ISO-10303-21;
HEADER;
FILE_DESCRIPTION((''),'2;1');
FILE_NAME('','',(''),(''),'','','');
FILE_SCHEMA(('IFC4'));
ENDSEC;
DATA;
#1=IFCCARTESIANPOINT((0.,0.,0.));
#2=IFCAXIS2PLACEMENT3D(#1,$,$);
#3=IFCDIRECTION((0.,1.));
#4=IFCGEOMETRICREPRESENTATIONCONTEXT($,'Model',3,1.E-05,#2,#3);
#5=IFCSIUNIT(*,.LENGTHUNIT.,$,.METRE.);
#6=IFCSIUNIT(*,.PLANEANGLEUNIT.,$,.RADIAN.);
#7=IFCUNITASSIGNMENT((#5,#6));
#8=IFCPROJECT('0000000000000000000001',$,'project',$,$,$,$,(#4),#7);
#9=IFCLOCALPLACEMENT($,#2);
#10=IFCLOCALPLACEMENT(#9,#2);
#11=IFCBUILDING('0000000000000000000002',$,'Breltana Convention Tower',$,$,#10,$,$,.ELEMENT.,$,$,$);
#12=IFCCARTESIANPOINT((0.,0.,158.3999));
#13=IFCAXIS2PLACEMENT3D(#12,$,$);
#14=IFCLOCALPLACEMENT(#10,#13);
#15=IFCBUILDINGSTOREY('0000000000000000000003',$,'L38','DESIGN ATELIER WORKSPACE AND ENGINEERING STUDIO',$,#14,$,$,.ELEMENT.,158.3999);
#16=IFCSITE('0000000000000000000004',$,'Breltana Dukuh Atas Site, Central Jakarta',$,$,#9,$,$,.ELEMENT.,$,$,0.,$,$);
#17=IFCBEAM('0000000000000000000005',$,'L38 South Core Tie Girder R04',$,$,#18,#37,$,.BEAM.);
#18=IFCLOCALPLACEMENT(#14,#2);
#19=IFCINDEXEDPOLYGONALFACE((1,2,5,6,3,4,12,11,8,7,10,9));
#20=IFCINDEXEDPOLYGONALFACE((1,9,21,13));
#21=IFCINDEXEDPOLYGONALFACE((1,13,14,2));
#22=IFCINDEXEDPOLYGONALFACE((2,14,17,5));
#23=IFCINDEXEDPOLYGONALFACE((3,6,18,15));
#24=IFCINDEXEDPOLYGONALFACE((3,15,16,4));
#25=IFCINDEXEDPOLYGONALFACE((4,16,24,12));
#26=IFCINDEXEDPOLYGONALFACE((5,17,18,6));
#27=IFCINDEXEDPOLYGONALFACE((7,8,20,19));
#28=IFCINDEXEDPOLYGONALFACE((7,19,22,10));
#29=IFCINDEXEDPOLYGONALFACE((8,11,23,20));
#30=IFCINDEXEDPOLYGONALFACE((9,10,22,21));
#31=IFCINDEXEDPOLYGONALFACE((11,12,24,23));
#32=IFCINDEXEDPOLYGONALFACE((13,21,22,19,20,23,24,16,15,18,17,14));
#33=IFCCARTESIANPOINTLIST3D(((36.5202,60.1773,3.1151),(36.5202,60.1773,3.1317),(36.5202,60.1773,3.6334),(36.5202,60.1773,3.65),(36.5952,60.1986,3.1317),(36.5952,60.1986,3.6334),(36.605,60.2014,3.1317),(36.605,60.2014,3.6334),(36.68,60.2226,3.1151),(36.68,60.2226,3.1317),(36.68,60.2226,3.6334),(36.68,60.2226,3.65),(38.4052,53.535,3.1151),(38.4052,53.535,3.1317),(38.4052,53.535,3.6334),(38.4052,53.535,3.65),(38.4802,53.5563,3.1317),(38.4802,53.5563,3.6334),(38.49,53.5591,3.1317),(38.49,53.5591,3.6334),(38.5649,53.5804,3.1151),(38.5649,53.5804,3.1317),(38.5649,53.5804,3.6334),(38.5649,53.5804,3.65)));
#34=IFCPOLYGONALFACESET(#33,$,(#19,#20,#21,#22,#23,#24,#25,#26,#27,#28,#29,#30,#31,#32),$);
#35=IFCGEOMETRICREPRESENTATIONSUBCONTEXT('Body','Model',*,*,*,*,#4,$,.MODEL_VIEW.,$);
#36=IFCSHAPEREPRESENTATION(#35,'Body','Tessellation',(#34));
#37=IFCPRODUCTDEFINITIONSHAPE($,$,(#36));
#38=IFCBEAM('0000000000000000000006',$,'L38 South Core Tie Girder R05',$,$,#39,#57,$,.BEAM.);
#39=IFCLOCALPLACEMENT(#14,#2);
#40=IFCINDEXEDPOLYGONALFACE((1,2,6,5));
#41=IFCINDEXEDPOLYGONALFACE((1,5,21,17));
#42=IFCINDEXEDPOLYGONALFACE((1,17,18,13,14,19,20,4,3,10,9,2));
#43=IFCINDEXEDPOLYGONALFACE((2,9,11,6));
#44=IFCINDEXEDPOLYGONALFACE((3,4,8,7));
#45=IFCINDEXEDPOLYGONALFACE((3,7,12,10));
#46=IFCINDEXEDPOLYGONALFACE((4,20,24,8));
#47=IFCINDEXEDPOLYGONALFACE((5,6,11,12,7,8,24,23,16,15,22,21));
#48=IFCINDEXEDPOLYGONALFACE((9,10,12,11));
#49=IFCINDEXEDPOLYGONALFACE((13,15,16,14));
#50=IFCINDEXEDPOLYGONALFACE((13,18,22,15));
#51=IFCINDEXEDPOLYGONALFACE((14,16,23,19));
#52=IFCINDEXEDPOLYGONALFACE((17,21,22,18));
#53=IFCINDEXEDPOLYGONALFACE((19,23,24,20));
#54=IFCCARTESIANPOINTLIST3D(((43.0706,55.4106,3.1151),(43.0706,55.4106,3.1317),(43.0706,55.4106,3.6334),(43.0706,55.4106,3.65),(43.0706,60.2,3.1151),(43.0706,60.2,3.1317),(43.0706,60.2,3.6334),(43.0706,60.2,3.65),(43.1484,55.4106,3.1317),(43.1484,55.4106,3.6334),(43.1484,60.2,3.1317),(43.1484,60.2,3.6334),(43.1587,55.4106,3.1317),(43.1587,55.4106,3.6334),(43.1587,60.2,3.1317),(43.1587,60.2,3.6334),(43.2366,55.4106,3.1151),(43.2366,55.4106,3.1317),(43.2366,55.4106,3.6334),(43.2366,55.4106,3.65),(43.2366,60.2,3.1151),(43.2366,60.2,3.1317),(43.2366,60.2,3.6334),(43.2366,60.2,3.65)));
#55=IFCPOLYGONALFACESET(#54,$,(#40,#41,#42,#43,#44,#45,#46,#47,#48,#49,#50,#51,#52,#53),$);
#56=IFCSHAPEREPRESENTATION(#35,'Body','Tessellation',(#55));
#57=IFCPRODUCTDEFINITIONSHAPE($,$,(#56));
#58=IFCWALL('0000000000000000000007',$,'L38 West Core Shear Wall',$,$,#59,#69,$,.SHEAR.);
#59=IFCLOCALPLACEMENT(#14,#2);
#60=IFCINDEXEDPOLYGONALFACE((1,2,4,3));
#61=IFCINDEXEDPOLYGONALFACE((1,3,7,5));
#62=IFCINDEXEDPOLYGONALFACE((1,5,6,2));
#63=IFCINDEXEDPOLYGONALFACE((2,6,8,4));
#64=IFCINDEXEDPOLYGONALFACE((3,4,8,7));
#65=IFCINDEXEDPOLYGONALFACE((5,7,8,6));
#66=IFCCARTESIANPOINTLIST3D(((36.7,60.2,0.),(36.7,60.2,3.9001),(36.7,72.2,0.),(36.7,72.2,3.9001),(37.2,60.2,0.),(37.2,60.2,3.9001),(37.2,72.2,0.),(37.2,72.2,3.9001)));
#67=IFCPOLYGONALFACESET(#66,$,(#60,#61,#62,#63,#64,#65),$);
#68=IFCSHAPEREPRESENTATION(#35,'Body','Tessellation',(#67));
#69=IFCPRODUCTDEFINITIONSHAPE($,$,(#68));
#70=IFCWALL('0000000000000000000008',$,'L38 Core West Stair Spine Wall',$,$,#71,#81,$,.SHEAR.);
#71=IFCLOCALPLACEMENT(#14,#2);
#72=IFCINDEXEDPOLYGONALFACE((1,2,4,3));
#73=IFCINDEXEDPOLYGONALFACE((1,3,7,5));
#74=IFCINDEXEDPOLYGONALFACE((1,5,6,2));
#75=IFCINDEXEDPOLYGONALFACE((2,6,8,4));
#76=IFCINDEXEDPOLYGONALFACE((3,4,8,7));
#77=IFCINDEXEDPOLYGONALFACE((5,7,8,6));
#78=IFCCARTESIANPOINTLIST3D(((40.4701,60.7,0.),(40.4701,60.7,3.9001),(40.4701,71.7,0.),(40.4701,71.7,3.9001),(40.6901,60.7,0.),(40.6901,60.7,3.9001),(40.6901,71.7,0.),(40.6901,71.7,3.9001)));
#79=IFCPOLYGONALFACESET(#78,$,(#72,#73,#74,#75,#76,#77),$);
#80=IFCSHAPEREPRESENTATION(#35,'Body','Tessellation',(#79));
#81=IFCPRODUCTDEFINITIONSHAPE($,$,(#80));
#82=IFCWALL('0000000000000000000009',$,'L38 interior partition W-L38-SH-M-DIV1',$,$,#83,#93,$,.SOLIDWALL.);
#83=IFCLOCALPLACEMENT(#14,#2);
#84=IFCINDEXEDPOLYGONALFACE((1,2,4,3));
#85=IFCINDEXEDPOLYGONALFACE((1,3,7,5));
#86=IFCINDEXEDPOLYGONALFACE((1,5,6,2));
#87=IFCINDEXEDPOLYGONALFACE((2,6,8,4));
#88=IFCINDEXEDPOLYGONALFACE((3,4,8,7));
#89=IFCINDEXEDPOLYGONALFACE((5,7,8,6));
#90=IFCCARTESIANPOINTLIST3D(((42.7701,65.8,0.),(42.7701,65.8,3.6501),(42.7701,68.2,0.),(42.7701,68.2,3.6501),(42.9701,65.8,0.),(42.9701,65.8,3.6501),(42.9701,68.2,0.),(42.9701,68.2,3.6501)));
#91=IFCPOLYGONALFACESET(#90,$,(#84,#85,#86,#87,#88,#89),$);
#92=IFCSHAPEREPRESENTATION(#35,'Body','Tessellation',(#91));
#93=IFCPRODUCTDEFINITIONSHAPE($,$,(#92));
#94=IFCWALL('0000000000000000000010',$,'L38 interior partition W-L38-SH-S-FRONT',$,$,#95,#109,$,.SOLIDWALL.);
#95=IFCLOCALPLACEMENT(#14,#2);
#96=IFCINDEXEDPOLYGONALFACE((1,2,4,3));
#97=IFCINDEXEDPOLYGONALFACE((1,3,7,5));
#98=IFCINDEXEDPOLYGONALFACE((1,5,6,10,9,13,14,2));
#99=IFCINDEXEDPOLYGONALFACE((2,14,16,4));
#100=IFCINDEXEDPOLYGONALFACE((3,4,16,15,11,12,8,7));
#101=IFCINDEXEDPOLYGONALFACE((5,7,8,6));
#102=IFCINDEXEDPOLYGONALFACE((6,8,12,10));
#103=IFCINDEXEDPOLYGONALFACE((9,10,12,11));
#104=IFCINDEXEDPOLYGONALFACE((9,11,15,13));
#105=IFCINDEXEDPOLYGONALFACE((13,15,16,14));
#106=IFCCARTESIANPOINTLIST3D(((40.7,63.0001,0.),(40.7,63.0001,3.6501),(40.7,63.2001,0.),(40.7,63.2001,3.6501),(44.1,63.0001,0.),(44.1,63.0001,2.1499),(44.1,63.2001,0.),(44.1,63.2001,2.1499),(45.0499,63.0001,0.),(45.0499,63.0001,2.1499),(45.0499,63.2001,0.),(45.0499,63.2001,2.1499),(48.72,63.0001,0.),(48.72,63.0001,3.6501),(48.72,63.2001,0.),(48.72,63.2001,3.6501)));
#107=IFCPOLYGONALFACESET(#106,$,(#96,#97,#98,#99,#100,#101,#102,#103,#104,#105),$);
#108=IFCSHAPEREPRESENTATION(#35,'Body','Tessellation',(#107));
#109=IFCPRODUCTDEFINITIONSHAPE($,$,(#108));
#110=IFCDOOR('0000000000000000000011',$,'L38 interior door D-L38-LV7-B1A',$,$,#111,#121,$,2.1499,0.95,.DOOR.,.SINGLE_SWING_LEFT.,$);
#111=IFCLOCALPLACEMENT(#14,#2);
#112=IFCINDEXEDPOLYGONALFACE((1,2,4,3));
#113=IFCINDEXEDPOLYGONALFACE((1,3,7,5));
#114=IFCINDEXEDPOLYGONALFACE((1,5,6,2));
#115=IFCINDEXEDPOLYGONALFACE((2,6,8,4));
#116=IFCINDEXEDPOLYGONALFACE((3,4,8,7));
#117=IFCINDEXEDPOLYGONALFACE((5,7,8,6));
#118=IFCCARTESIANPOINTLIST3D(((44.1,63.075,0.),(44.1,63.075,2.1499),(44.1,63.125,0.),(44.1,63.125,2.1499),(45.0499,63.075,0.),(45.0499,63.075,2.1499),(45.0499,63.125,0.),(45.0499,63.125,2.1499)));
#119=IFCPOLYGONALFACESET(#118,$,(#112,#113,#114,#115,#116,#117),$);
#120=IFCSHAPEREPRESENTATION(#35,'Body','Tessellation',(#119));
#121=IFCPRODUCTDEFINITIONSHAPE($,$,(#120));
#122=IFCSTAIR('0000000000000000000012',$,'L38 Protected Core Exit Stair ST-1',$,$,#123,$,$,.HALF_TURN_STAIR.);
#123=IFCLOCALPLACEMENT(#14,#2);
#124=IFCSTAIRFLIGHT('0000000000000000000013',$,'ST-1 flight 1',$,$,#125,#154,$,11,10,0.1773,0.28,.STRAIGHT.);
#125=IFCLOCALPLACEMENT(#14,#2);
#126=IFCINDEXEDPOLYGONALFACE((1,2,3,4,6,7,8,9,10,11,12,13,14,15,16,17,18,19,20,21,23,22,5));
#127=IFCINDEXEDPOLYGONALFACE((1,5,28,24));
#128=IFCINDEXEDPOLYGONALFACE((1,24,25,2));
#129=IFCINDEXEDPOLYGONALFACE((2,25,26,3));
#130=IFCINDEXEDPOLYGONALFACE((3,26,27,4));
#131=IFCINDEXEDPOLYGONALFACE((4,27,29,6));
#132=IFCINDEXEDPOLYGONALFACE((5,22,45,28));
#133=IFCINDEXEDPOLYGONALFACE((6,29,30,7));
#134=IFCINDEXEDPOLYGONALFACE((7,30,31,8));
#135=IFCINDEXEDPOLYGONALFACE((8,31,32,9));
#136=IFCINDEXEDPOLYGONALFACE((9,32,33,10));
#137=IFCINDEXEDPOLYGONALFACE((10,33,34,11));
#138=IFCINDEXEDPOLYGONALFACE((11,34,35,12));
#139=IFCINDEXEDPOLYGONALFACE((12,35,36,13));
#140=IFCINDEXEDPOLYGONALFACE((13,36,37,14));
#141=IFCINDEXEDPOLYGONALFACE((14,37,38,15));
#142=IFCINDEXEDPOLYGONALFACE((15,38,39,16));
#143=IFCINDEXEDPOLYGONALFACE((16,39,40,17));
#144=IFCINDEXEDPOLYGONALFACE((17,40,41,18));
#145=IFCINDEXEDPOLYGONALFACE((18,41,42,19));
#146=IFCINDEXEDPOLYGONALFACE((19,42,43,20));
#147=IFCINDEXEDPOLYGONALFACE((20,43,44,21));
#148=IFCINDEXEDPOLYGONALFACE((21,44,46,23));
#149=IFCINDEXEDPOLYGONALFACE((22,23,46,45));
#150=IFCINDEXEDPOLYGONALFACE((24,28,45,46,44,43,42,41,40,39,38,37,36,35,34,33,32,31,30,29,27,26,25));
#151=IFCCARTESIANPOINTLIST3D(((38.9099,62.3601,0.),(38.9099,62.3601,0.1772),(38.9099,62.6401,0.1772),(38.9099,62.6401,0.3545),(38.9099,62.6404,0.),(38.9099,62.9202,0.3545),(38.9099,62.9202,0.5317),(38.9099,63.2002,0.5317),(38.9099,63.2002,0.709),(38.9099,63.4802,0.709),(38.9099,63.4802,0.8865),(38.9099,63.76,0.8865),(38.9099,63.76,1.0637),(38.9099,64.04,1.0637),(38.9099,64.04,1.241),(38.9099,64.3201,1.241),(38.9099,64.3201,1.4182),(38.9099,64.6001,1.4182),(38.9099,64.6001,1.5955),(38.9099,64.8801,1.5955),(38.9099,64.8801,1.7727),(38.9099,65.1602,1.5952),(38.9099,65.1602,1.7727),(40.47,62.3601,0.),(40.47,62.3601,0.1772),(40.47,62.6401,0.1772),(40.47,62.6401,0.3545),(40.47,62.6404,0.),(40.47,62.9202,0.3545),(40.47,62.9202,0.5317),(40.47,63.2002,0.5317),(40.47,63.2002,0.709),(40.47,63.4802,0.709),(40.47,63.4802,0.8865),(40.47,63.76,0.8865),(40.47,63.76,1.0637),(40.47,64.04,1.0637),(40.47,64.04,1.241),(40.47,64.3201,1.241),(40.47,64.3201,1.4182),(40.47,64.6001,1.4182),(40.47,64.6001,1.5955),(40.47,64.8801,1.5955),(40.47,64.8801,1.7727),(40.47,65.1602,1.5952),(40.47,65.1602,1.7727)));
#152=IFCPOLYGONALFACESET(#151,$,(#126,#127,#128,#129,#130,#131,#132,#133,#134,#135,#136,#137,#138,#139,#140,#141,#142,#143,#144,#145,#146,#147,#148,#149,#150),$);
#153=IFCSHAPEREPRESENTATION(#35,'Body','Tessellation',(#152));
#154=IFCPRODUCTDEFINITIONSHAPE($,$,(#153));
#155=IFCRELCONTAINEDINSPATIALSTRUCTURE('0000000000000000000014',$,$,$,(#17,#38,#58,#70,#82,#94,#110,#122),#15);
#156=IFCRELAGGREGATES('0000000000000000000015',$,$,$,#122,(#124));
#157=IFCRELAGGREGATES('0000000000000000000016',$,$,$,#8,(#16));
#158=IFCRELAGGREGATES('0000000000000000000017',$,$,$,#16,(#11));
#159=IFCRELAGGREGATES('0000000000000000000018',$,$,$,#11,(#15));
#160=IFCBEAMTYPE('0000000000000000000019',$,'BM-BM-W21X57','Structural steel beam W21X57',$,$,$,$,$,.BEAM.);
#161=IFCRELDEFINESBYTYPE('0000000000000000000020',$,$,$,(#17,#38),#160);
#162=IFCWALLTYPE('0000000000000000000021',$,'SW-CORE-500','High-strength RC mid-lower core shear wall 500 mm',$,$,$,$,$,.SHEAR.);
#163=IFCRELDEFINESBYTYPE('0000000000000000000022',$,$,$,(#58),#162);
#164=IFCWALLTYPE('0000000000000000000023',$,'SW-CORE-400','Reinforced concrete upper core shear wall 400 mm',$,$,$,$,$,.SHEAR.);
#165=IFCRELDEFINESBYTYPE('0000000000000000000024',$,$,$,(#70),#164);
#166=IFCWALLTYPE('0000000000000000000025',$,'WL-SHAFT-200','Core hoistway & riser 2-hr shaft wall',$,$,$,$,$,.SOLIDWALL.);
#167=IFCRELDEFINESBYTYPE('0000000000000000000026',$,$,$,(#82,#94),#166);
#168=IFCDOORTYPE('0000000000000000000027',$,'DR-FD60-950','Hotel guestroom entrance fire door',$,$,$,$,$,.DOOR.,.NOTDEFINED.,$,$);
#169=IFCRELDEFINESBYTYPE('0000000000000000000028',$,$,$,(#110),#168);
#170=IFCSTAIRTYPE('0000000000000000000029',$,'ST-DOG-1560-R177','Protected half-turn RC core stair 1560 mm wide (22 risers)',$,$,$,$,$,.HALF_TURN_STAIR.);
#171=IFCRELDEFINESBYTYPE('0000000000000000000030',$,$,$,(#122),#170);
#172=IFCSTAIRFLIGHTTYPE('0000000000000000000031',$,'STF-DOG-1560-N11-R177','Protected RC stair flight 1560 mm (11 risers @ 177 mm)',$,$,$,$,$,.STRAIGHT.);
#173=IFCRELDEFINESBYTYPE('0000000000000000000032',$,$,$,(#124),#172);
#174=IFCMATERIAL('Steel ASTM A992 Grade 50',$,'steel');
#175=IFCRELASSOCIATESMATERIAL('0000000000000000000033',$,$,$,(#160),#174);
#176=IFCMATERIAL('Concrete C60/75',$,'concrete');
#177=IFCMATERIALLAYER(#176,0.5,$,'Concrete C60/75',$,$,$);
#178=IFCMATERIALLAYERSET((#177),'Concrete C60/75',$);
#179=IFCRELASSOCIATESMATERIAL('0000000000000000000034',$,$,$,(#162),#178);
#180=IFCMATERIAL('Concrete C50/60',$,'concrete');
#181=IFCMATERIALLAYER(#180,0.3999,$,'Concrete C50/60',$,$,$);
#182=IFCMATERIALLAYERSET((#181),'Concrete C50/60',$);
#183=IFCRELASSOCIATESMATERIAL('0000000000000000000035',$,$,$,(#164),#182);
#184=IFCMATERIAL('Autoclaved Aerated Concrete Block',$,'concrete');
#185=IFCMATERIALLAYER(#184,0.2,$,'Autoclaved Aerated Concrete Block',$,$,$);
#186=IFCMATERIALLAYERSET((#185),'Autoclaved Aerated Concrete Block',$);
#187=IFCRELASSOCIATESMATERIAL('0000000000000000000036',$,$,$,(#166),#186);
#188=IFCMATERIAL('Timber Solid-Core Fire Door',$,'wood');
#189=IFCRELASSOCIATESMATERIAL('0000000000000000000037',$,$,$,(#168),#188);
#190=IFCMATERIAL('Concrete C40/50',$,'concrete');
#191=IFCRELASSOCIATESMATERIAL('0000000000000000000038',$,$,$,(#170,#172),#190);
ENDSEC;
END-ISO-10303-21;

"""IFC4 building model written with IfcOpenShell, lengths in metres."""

from ifc_helpers import new_model, si_unit, direction, frame, frame_2d, origin, origin_2d, place, context, subcontext, project, spatial, polyline, rectangle, i_section, outline, extrude, source, transform, mapped, material, layer, layer_set, material_profile, profile_set, type_object, type_shapes, element, fill, aggregate, save


model = new_model("IFC4")

# Units and contexts
model_context = context("Model", 3, precision=1e-05, world=origin(), true_north=direction((0.0, 1.0)))
body_context = subcontext(model_context, "Body", "Model", "MODEL_VIEW")
ifc_project = project(units=[si_unit("LENGTHUNIT", "METRE"), si_unit("PLANEANGLEUNIT", "RADIAN")], contexts=[model_context])

# Site, building, storey
site_placement = place(None, origin())
site = spatial("IfcSite", under=ifc_project, at=site_placement, Name="Breltana Dukuh Atas Site, Central Jakarta", CompositionType="ELEMENT", RefElevation=0.0)
building_placement = place(site_placement, origin())
building = spatial("IfcBuilding", under=site, at=building_placement, Name="Breltana Convention Tower", CompositionType="ELEMENT")
storey_placement = place(building_placement, frame((0.0, 0.0, 158.3999)))
storey = spatial("IfcBuildingStorey", under=building, at=storey_placement, Name="L38", Description="DESIGN ATELIER WORKSPACE AND ENGINEERING STUDIO", CompositionType="ELEMENT", Elevation=158.3999)

# Beams
ifc_material_1 = material(Name="Steel ASTM A992 Grade 50", Category="steel")
ifc_material_profile = material_profile(ifc_material_1, i_section(OverallWidth=0.166, OverallDepth=0.5349, WebThickness=0.0103, FlangeThickness=0.0166, at=origin_2d()), Name="W21X57")
ifc_profile_set = profile_set([ifc_material_profile], Name="Steel ASTM A992 Grade 50")
beam_type = type_object("IfcBeamType", Name="BM-BM-W21X57", Description="Structural steel beam W21X57", PredefinedType="BEAM", material=ifc_profile_set)
shared_shape_1 = source(origin(), body_context, "Body", "SweptSolid", [
    extrude(i_section(OverallWidth=0.166, OverallDepth=0.5349, WebThickness=0.0103, FlangeThickness=0.0166, at=origin_2d()), origin(), (0.0, 0.0, 1.0), 6.9045),
])
type_shapes(beam_type, [shared_shape_1])
beam_1_placement = place(storey_placement, frame((36.6001, 60.2, 3.3826), z_axis=(0.273007, -0.962012, 0.0), x_axis=(0.962012, 0.273007, 0.0)))
element("IfcBeam", 1, at=beam_1_placement, inside=storey, type_object=beam_type, Name="L38 South Core Tie Girder R04", PredefinedType="BEAM", context=body_context, shape_type="MappedRepresentation", body=[
    mapped(shared_shape_1, transform((0.0, 0.0, 0.0), scale=1.0)),
])
shared_shape_2 = source(origin(), body_context, "Body", "SweptSolid", [
    extrude(i_section(OverallWidth=0.166, OverallDepth=0.5349, WebThickness=0.0103, FlangeThickness=0.0166, at=origin_2d()), origin(), (0.0, 0.0, 1.0), 4.7893),
])
beam_2_placement = place(storey_placement, frame((43.1536, 60.2, 3.3826), z_axis=(0.0, -1.0, 0.0), x_axis=(1.0, 0.0, 0.0)))
element("IfcBeam", 2, at=beam_2_placement, inside=storey, type_object=beam_type, Name="L38 South Core Tie Girder R05", PredefinedType="BEAM", context=body_context, shape_type="MappedRepresentation", body=[
    mapped(shared_shape_2, transform((0.0, 0.0, 0.0), scale=1.0)),
])

# Wall
ifc_material_2 = material(Name="Concrete C60/75", Category="concrete")
ifc_layer_1 = layer(ifc_material_2, 0.5, Name="Concrete C60/75")
ifc_layer_set_1 = layer_set([ifc_layer_1], Name="Concrete C60/75")
wall_type_1 = type_object("IfcWallType", Name="SW-CORE-500", Description="High-strength RC mid-lower core shear wall 500 mm", PredefinedType="SHEAR", material=ifc_layer_set_1)
shared_shape_3 = source(origin(), body_context, "Body", "SweptSolid", [
    extrude(rectangle(XDim=12.0, YDim=0.5, at=frame_2d((6.0, 0.0))), origin(), (0.0, 0.0, 1.0), 3.9001),
])
wall_1_placement = place(storey_placement, frame((36.95, 60.2, 0.0), z_axis=(0.0, 0.0, 1.0), x_axis=(0.0, 1.0, 0.0)))
element("IfcWall", 3, at=wall_1_placement, inside=storey, type_object=wall_type_1, Name="L38 West Core Shear Wall", PredefinedType="SHEAR", context=body_context, shape_type="MappedRepresentation", body=[
    mapped(shared_shape_3, transform((0.0, 0.0, 0.0), scale=1.0)),
])

# Walls
ifc_material_3 = material(Name="Concrete C50/60", Category="concrete")
ifc_layer_2 = layer(ifc_material_3, 0.3999, Name="Concrete C50/60")
ifc_layer_set_2 = layer_set([ifc_layer_2], Name="Concrete C50/60")
wall_type_2 = type_object("IfcWallType", Name="SW-CORE-400", Description="Reinforced concrete upper core shear wall 400 mm", PredefinedType="SHEAR", material=ifc_layer_set_2)
shared_shape_4 = source(origin(), body_context, "Body", "SweptSolid", [
    extrude(rectangle(XDim=11.0, YDim=0.22, at=frame_2d((5.5, 0.0))), origin(), (0.0, 0.0, 1.0), 3.9001),
])
wall_2_placement = place(storey_placement, frame((40.5801, 60.7, 0.0), z_axis=(0.0, 0.0, 1.0), x_axis=(0.0, 1.0, 0.0)))
element("IfcWall", 4, at=wall_2_placement, inside=storey, type_object=wall_type_2, Name="L38 Core West Stair Spine Wall", PredefinedType="SHEAR", context=body_context, shape_type="MappedRepresentation", body=[
    mapped(shared_shape_4, transform((0.0, 0.0, 0.0), scale=1.0)),
])
ifc_material_4 = material(Name="Autoclaved Aerated Concrete Block", Category="concrete")
ifc_layer_3 = layer(ifc_material_4, 0.2, Name="Autoclaved Aerated Concrete Block")
ifc_layer_set_3 = layer_set([ifc_layer_3], Name="Autoclaved Aerated Concrete Block")
wall_type_3 = type_object("IfcWallType", Name="WL-SHAFT-200", Description="Core hoistway & riser 2-hr shaft wall", PredefinedType="SOLIDWALL", material=ifc_layer_set_3)
shared_shape_5 = source(origin(), body_context, "Body", "SweptSolid", [
    extrude(rectangle(XDim=2.3999, YDim=0.2, at=frame_2d((1.2, 0.0))), origin(), (0.0, 0.0, 1.0), 3.6501),
])
wall_3_placement = place(storey_placement, frame((42.8701, 65.8, 0.0), z_axis=(0.0, 0.0, 1.0), x_axis=(0.0, 1.0, 0.0)))
element("IfcWall", 5, at=wall_3_placement, inside=storey, type_object=wall_type_3, Name="L38 interior partition W-L38-SH-M-DIV1", PredefinedType="SOLIDWALL", context=body_context, shape_type="MappedRepresentation", body=[
    mapped(shared_shape_5, transform((0.0, 0.0, 0.0), scale=1.0)),
])

# Wall, opening, door
shared_shape_6 = source(origin(), body_context, "Body", "SweptSolid", [
    extrude(rectangle(XDim=8.02, YDim=0.2, at=frame_2d((4.01, 0.0))), origin(), (0.0, 0.0, 1.0), 3.6501),
])
wall_4_placement = place(storey_placement, frame((40.7, 63.1001, 0.0), z_axis=(0.0, 0.0, 1.0), x_axis=(1.0, 0.0, 0.0)))
wall_4 = element("IfcWall", 6, at=wall_4_placement, inside=storey, type_object=wall_type_3, Name="L38 interior partition W-L38-SH-S-FRONT", PredefinedType="SOLIDWALL", context=body_context, shape_type="MappedRepresentation", body=[
    mapped(shared_shape_6, transform((0.0, 0.0, 0.0), scale=1.0)),
])
opening_1_placement = place(wall_4_placement, frame((3.3999, 0.0, 0.0)))
opening_1 = element("IfcOpeningElement", 7, at=opening_1_placement, cuts=wall_4, PredefinedType="OPENING", context=body_context, shape_type="SweptSolid", body=[
    extrude(rectangle(XDim=0.95, YDim=2.1499, at=frame_2d((0.4751, 1.075))), frame((0.0, 0.1099, 0.0), z_axis=(0.0, -1.0, 0.0), x_axis=(1.0, 0.0, 0.0)), (0.0, 0.0, 1.0), 0.22),
])
ifc_material_5 = material(Name="Timber Solid-Core Fire Door", Category="wood")
door_type_1 = type_object("IfcDoorType", Name="DR-FD60-950", Description="Hotel guestroom entrance fire door", OperationType="NOTDEFINED", PredefinedType="DOOR", material=ifc_material_5)
shared_shape_7 = source(origin(), body_context, "Body", "SweptSolid", [
    extrude(rectangle(XDim=0.95, YDim=2.1499, at=frame_2d((0.4751, 1.075))), frame((0.0, 0.0249, 0.0), z_axis=(0.0, -1.0, 0.0), x_axis=(1.0, 0.0, 0.0)), (0.0, 0.0, 1.0), 0.05),
])
type_shapes(door_type_1, [shared_shape_7])
door_1_placement = place(opening_1_placement, origin())
door_1 = element("IfcDoor", 8, at=door_1_placement, inside=storey, type_object=door_type_1, Name="L38 interior door D-L38-LV7-B1A", OperationType="SINGLE_SWING_LEFT", OverallHeight=2.1499, OverallWidth=0.95, PredefinedType="DOOR", context=body_context, shape_type="MappedRepresentation", body=[
    mapped(shared_shape_7, transform((0.0, 0.0, 0.0), scale=1.0)),
])
fill(opening_1, door_1)

# Stair, stair flight
ifc_material_6 = material(Name="Concrete C40/50", Category="concrete")
stair_type = type_object("IfcStairType", Name="ST-DOG-1560-R177", Description="Protected half-turn RC core stair 1560 mm wide (22 risers)", PredefinedType="HALF_TURN_STAIR", material=ifc_material_6)
stair_placement = place(storey_placement, origin())
stair = element("IfcStair", 9, at=stair_placement, inside=storey, type_object=stair_type, Name="L38 Protected Core Exit Stair ST-1", PredefinedType="HALF_TURN_STAIR")
stair_flight_type = type_object("IfcStairFlightType", Name="STF-DOG-1560-N11-R177", Description="Protected RC stair flight 1560 mm (11 risers @ 177 mm)", PredefinedType="STRAIGHT", material=ifc_material_6)
stair_flight_1_placement = place(storey_placement, frame((39.6899, 62.3601, 0.0), z_axis=(0.0, 0.0, 1.0), x_axis=(0.0, 1.0, 0.0)))
stair_flight_1 = element("IfcStairFlight", 10, at=stair_flight_1_placement, type_object=stair_flight_type, Name="ST-1 flight 1", NumberOfRisers=11, NumberOfTreads=10, PredefinedType="STRAIGHT", RiserHeight=0.1773, TreadLength=0.28, context=body_context, shape_type="SweptSolid", body=[
    extrude(outline(polyline([(0.0, 0.0), (0.0, 0.1772), (0.28, 0.1772), (0.28, 0.3545), (0.5601, 0.3545), (0.5601, 0.5317), (0.8401, 0.5317), (0.8401, 0.709), (1.1201, 0.709), (1.1201, 0.8865), (1.3999, 0.8865), (1.3999, 1.0637), (1.6799, 1.0637), (1.6799, 1.241), (1.96, 1.241), (1.96, 1.4182), (2.24, 1.4182), (2.24, 1.5955), (2.52, 1.5955), (2.52, 1.7727), (2.8, 1.7727), (2.8, 1.95), (2.8, 1.5952), (0.2803, 0.0), (0.0, 0.0)])), frame((0.0, 0.78, 0.0), z_axis=(0.0, -1.0, 0.0), x_axis=(1.0, 0.0, 0.0)), (0.0, 0.0, 1.0), 1.5601),
])
aggregate(stair, [stair_flight_1])

save(model, "model.ifc")
